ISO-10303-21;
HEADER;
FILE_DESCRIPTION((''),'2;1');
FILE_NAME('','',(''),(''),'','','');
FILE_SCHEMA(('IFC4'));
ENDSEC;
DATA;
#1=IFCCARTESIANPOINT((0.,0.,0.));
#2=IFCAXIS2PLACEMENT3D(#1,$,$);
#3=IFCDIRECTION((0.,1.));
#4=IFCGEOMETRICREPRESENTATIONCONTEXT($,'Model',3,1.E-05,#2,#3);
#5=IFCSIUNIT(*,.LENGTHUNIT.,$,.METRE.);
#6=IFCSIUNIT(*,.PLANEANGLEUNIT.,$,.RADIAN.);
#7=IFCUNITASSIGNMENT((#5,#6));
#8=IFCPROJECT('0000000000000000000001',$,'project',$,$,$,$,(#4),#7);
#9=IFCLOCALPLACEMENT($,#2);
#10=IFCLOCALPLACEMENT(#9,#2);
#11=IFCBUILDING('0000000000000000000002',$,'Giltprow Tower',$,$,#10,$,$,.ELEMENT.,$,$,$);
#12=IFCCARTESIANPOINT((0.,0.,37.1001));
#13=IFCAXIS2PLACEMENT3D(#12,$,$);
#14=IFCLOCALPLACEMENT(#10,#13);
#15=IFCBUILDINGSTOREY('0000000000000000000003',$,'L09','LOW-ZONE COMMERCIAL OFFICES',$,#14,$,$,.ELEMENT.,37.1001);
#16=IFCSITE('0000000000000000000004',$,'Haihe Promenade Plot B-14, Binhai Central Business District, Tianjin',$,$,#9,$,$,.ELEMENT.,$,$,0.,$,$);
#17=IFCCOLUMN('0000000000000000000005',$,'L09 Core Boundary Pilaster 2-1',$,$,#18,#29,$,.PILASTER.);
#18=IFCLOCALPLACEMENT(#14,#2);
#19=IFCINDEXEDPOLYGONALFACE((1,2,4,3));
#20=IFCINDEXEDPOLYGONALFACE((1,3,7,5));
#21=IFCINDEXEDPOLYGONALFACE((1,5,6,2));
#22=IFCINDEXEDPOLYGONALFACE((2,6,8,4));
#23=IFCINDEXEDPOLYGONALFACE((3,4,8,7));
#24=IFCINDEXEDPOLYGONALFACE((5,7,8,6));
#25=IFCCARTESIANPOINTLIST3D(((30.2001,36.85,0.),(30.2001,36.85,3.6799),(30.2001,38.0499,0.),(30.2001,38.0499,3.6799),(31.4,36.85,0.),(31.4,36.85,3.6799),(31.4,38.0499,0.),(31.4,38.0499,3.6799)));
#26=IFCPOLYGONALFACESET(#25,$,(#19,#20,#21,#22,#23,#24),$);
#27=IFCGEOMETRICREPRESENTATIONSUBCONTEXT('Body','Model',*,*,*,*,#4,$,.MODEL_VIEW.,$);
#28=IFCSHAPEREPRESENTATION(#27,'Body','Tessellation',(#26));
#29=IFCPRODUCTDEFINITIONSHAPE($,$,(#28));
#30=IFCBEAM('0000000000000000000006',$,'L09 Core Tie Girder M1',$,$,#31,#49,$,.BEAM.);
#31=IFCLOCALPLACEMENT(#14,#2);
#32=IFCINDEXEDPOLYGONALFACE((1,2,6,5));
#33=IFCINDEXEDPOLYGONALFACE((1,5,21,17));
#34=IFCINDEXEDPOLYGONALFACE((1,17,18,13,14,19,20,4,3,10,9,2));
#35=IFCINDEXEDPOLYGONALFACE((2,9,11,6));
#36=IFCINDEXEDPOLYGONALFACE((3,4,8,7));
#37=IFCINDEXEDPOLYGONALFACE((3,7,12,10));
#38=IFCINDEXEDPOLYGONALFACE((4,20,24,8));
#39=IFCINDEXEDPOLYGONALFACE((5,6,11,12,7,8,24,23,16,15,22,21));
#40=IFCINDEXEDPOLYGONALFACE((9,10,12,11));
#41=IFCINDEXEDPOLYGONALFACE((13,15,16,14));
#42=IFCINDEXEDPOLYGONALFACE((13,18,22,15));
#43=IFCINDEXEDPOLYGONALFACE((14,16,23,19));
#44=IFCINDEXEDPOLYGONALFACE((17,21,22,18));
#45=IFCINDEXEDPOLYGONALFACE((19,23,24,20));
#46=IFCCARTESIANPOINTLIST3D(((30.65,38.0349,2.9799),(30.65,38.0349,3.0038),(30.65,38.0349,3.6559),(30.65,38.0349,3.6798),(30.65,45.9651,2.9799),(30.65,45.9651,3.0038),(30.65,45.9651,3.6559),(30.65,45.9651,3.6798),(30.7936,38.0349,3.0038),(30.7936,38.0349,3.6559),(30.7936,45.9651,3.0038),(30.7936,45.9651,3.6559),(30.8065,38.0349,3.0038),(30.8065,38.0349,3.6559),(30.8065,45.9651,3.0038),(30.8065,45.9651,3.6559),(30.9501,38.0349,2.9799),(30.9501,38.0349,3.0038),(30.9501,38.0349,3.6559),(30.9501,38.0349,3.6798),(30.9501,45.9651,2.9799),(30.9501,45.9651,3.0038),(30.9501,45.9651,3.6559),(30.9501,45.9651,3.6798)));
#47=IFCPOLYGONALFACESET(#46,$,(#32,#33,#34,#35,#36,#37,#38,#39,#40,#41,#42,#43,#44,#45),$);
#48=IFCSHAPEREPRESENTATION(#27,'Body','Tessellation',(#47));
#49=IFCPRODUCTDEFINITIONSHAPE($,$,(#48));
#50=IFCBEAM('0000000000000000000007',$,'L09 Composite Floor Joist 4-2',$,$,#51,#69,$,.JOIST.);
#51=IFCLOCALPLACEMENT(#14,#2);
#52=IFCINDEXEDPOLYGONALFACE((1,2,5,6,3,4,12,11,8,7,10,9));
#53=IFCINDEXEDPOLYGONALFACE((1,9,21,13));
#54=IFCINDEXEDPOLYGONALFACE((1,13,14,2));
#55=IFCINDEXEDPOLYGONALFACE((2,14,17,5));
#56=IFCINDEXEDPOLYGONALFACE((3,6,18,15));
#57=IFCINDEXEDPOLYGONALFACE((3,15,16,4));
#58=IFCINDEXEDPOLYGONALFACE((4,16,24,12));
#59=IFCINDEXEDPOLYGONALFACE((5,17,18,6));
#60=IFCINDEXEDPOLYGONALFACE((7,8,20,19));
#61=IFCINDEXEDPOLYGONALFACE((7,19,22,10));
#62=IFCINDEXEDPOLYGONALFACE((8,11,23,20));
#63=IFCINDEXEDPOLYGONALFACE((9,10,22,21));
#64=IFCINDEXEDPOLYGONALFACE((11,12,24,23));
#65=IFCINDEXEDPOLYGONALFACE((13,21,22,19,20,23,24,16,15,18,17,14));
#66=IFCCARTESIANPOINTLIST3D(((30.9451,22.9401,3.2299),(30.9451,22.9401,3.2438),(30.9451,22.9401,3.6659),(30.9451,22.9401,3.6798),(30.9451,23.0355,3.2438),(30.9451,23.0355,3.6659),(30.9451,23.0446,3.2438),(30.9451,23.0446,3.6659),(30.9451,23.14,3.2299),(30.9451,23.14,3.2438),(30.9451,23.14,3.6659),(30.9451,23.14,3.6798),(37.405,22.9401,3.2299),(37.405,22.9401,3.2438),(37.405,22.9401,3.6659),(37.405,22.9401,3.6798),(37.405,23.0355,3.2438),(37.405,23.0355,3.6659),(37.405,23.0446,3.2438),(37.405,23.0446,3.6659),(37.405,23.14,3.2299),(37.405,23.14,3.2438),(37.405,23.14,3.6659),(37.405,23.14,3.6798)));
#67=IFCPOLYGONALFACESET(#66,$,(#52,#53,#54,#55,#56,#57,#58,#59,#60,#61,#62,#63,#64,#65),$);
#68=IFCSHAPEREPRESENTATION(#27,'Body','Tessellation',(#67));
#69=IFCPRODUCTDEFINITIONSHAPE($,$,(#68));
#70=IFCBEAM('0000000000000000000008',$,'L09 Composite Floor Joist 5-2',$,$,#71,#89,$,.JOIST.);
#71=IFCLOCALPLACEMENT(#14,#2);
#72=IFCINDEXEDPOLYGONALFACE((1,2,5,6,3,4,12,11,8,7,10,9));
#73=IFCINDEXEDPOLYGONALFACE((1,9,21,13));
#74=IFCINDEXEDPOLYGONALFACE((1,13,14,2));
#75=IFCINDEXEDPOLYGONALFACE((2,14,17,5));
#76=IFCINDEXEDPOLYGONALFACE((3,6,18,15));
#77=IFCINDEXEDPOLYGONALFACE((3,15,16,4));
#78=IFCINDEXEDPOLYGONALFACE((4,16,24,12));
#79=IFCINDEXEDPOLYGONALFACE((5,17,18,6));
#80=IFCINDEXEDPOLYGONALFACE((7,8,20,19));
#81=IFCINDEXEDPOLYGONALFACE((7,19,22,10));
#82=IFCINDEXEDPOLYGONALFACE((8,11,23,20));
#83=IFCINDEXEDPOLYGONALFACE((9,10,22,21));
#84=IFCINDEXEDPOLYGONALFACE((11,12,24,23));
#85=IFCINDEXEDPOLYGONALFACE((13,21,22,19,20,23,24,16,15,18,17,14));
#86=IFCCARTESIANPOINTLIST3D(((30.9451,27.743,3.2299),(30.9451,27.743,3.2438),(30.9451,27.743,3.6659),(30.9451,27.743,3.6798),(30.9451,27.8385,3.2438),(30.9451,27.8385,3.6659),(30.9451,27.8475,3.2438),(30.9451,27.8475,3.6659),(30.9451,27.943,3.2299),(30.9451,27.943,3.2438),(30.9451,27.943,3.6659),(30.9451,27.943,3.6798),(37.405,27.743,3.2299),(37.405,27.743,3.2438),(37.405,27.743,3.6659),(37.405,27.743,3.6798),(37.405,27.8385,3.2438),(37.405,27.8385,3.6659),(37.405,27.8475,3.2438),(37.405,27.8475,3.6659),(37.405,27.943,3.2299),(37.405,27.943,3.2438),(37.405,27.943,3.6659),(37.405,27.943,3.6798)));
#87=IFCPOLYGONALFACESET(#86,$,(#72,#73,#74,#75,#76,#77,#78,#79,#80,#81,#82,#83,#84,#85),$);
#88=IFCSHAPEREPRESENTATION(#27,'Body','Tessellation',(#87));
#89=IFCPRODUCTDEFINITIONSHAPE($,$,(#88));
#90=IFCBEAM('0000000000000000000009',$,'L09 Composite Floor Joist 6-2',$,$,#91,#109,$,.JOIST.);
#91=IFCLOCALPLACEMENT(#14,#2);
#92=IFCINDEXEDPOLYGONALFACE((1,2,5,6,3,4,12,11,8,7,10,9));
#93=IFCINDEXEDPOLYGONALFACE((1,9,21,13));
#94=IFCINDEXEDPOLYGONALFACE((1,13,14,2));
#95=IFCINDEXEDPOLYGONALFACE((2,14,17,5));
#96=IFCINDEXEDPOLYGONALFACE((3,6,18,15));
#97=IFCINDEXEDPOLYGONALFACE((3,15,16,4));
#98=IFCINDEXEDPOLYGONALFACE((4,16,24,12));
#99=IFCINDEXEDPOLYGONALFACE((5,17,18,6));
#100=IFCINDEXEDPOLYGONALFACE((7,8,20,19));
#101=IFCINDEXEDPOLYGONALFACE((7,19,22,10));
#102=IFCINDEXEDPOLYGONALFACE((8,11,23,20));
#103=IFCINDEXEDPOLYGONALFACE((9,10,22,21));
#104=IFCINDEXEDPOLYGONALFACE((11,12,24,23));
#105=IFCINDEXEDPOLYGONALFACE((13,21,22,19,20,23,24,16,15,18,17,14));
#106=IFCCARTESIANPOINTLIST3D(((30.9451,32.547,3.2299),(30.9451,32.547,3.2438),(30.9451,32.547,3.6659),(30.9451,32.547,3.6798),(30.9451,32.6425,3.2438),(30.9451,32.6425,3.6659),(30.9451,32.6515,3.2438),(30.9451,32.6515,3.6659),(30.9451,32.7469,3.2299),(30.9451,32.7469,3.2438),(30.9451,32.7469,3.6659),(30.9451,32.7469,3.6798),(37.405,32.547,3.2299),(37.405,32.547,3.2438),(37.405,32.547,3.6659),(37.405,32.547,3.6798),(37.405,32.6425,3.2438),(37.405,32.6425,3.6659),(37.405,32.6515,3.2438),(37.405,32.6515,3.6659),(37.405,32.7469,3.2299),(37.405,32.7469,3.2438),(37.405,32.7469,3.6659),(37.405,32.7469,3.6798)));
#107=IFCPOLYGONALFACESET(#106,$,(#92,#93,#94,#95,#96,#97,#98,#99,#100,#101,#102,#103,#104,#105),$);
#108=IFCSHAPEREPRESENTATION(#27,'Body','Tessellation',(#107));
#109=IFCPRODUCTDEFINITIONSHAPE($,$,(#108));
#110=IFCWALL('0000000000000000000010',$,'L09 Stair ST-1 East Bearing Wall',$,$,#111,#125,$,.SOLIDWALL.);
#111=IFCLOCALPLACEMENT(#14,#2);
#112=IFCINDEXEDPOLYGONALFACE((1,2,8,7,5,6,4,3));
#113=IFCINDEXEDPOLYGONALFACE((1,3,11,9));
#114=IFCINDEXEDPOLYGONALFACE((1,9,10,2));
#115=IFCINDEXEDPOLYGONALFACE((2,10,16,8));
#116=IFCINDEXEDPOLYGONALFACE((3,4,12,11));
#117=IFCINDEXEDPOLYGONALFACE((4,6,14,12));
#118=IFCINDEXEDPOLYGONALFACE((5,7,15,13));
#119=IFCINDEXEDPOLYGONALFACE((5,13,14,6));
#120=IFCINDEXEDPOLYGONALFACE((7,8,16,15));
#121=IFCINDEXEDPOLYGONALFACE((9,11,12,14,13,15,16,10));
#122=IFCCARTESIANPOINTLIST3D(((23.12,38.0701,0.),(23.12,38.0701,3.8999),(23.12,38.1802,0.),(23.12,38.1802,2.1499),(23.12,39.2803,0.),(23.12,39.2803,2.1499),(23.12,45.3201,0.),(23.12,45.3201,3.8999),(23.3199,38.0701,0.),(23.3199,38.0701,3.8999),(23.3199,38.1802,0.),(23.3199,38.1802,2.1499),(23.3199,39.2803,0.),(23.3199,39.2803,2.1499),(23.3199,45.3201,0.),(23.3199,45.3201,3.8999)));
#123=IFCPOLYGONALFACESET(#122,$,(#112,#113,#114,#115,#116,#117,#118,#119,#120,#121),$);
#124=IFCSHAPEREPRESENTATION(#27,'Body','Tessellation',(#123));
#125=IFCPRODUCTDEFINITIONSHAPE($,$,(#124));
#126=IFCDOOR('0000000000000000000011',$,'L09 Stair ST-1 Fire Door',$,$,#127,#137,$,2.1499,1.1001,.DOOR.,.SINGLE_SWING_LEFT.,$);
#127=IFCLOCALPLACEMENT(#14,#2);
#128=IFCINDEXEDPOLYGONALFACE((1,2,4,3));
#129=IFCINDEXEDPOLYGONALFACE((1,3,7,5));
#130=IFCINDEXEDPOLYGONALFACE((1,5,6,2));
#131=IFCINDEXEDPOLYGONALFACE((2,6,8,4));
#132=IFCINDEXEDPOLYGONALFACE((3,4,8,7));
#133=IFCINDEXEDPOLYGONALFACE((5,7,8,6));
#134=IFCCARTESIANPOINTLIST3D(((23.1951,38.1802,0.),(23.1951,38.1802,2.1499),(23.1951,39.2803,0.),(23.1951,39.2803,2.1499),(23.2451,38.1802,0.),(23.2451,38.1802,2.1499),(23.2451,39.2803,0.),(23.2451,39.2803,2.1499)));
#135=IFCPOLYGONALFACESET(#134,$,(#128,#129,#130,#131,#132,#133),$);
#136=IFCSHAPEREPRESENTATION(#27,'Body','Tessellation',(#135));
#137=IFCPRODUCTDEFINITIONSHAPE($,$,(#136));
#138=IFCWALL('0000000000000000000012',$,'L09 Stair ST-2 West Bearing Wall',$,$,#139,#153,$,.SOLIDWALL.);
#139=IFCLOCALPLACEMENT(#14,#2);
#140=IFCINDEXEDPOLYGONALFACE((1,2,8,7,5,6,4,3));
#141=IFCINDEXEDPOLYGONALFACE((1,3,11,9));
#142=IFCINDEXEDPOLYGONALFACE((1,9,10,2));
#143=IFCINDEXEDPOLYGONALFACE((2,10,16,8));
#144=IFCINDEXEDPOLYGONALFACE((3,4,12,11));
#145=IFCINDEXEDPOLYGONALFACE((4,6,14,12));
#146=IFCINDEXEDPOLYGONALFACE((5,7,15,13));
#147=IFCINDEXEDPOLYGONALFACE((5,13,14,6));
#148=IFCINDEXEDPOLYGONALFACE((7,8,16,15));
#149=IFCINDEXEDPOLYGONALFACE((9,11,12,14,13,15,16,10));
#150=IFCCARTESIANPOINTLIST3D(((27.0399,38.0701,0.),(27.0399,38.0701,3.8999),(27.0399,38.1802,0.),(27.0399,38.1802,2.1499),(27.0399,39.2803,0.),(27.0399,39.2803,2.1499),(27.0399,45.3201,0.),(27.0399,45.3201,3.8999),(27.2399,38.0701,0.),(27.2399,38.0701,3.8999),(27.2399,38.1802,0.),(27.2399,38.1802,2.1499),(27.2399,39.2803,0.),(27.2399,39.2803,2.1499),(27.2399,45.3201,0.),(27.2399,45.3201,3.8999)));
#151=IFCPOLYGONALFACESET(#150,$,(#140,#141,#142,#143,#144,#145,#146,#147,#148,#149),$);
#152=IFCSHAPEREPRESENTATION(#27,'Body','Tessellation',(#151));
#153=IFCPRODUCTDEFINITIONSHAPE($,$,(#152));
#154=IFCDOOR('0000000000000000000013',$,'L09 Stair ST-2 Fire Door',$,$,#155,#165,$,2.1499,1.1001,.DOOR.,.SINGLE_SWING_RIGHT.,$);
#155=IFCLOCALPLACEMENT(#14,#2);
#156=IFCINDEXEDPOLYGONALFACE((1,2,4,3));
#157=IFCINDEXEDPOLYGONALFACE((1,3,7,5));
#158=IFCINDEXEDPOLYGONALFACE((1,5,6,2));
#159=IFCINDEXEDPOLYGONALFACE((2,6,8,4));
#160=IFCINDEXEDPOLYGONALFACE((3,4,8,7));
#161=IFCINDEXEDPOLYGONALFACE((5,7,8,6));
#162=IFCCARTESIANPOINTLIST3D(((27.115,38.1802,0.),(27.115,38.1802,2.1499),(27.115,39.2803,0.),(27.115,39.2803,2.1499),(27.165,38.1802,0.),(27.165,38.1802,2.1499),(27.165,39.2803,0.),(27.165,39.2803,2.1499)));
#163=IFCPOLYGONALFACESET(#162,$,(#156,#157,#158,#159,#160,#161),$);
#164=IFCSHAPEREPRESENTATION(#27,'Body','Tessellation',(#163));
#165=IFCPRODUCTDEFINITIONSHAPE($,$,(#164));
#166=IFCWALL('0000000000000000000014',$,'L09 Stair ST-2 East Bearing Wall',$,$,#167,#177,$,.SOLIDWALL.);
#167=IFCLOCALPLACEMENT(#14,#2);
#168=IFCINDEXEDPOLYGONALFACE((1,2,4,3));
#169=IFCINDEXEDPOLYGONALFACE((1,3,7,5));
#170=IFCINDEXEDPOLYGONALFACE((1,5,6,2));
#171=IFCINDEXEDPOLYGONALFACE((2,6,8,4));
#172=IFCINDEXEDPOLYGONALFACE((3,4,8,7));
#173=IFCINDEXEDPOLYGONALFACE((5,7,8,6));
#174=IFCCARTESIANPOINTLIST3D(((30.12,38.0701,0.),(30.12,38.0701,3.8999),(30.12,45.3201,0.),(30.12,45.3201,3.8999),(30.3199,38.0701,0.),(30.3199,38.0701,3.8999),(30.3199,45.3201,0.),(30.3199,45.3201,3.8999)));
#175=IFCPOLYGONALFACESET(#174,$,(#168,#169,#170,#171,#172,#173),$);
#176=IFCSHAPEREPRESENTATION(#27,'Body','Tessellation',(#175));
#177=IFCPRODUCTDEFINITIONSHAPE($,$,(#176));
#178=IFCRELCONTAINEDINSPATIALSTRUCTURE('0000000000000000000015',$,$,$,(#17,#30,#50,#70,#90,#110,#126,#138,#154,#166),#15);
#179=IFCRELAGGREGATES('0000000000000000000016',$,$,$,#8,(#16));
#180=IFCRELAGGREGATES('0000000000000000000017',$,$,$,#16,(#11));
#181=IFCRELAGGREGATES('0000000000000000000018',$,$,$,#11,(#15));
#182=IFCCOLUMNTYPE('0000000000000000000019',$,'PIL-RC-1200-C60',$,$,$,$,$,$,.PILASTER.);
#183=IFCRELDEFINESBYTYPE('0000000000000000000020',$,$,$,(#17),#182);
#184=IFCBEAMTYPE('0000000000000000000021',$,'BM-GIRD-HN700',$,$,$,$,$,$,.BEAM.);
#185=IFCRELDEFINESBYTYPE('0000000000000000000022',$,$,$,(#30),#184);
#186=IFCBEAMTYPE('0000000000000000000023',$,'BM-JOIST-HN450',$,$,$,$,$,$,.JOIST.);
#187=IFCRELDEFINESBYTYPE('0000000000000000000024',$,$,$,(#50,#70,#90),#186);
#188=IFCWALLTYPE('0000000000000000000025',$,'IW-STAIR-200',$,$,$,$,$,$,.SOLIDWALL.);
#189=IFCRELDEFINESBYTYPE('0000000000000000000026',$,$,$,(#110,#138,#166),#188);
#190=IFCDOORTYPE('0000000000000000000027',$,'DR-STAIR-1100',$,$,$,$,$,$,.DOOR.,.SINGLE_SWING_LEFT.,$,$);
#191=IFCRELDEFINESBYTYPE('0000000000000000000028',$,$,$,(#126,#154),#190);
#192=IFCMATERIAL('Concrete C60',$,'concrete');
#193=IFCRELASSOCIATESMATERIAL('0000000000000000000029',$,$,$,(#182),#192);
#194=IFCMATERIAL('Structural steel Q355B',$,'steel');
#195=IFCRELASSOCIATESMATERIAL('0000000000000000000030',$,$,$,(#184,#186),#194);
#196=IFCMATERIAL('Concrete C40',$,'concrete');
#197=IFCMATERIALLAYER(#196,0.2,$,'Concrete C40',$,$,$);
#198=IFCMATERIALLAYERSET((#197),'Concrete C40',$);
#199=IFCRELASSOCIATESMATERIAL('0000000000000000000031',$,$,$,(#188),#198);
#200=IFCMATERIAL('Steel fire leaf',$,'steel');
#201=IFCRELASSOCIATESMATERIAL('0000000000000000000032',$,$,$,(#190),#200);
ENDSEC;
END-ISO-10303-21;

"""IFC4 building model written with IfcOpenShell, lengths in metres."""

from ifc_helpers import new_model, si_unit, direction, frame, frame_2d, origin, origin_2d, place, context, subcontext, project, spatial, rectangle, i_section, extrude, source, transform, mapped, material, layer, layer_set, material_profile, profile_set, type_object, element, fill, save


model = new_model("IFC4")

# Units and contexts
model_context = context("Model", 3, precision=1e-05, world=origin(), true_north=direction((0.0, 1.0)))
body_context = subcontext(model_context, "Body", "Model", "MODEL_VIEW")
ifc_project = project(units=[si_unit("LENGTHUNIT", "METRE"), si_unit("PLANEANGLEUNIT", "RADIAN")], contexts=[model_context])

# Site, building, storey
site_placement = place(None, origin())
site = spatial("IfcSite", under=ifc_project, at=site_placement, Name="Haihe Promenade Plot B-14, Binhai Central Business District, Tianjin", CompositionType="ELEMENT", RefElevation=0.0)
building_placement = place(site_placement, origin())
building = spatial("IfcBuilding", under=site, at=building_placement, Name="Giltprow Tower", CompositionType="ELEMENT")
storey_placement = place(building_placement, frame((0.0, 0.0, 37.1001)))
storey = spatial("IfcBuildingStorey", under=building, at=storey_placement, Name="L09", Description="LOW-ZONE COMMERCIAL OFFICES", CompositionType="ELEMENT", Elevation=37.1001)

# Column
ifc_material_1 = material(Name="Concrete C60", Category="concrete")
ifc_material_profile_1 = material_profile(ifc_material_1, rectangle(XDim=1.2, YDim=1.2, at=origin_2d()), Name="RC 1200x1200")
ifc_profile_set_1 = profile_set([ifc_material_profile_1], Name="Concrete C60")
column_type = type_object("IfcColumnType", Name="PIL-RC-1200-C60", PredefinedType="PILASTER", material=ifc_profile_set_1)
shared_shape_1 = source(origin(), body_context, "Body", "SweptSolid", [
    extrude(rectangle(XDim=1.2, YDim=1.2, at=origin_2d()), origin(), (0.0, 0.0, 1.0), 3.6799),
])
column_placement = place(storey_placement, frame((30.8, 37.45, 0.0), z_axis=(0.0, 0.0, 1.0), x_axis=(1.0, 0.0, 0.0)))
element("IfcColumn", 1, at=column_placement, inside=storey, type_object=column_type, Name="L09 Core Boundary Pilaster 2-1", PredefinedType="PILASTER", context=body_context, shape_type="MappedRepresentation", body=[
    mapped(shared_shape_1, transform((0.0, 0.0, 0.0), x_axis=(1.0, 0.0, 0.0), y_axis=(0.0, 1.0, 0.0), z_axis=(0.0, 0.0, 1.0), scale=1.0)),
])

# Beams
ifc_material_2 = material(Name="Structural steel Q355B", Category="steel")
ifc_material_profile_2 = material_profile(ifc_material_2, i_section(OverallWidth=0.3, OverallDepth=0.7, WebThickness=0.0129, FlangeThickness=0.0239, at=origin_2d()), Name="HN 700x300x13x24")
ifc_profile_set_2 = profile_set([ifc_material_profile_2], Name="Structural steel Q355B")
beam_type_1 = type_object("IfcBeamType", Name="BM-GIRD-HN700", PredefinedType="BEAM", material=ifc_profile_set_2)
shared_shape_2 = source(origin(), body_context, "Body", "SweptSolid", [
    extrude(i_section(OverallWidth=0.3, OverallDepth=0.7, WebThickness=0.0129, FlangeThickness=0.0239, at=origin_2d()), origin(), (0.0, 0.0, 1.0), 7.9302),
])
beam_placement = place(storey_placement, frame((30.8, 38.0349, 3.3298), z_axis=(0.0, 1.0, 0.0), x_axis=(-1.0, 0.0, 0.0)))
element("IfcBeam", 2, at=beam_placement, inside=storey, type_object=beam_type_1, Name="L09 Core Tie Girder M1", PredefinedType="BEAM", context=body_context, shape_type="MappedRepresentation", body=[
    mapped(shared_shape_2, transform((0.0, 0.0, 0.0), x_axis=(1.0, 0.0, 0.0), y_axis=(0.0, 1.0, 0.0), z_axis=(0.0, 0.0, 1.0), scale=1.0)),
])
ifc_material_profile_3 = material_profile(ifc_material_2, i_section(OverallWidth=0.2, OverallDepth=0.45, WebThickness=0.009, FlangeThickness=0.0139, at=origin_2d()), Name="HN 450x200x9x14")
ifc_profile_set_3 = profile_set([ifc_material_profile_3], Name="Structural steel Q355B")
beam_type_2 = type_object("IfcBeamType", Name="BM-JOIST-HN450", PredefinedType="JOIST", material=ifc_profile_set_3)
shared_shape_3 = source(origin(), body_context, "Body", "SweptSolid", [
    extrude(i_section(OverallWidth=0.2, OverallDepth=0.45, WebThickness=0.009, FlangeThickness=0.0139, at=origin_2d()), origin(), (0.0, 0.0, 1.0), 6.46),
])
for number, where, z_axis, x_axis, name in (
    (3, (30.9451, 23.04, 3.4548), (1.0, 0.0, 0.0), (0.0, 1.0, 0.0), "L09 Composite Floor Joist 4-2"),
    (4, (30.9451, 27.843, 3.4548), (1.0, 0.0, 0.0), (0.0, 1.0, 0.0), "L09 Composite Floor Joist 5-2"),
    (5, (30.9451, 32.647, 3.4548), (1.0, 0.0, 0.0), (0.0, 1.0, 0.0), "L09 Composite Floor Joist 6-2"),
):
    element("IfcBeam", number, at=place(storey_placement, frame(where, z_axis=z_axis, x_axis=x_axis)), inside=storey, type_object=beam_type_2, Name=name, PredefinedType="JOIST", context=body_context, shape_type="MappedRepresentation", body=[
        mapped(shared_shape_3, transform((0.0, 0.0, 0.0), x_axis=(1.0, 0.0, 0.0), y_axis=(0.0, 1.0, 0.0), z_axis=(0.0, 0.0, 1.0), scale=1.0)),
    ])

# Walls, openings, doors
ifc_material_3 = material(Name="Concrete C40", Category="concrete")
ifc_layer_1 = layer(ifc_material_3, 0.2, Name="Concrete C40")
ifc_layer_set_1 = layer_set([ifc_layer_1], Name="Concrete C40")
wall_type_1 = type_object("IfcWallType", Name="IW-STAIR-200", PredefinedType="SOLIDWALL", material=ifc_layer_set_1)
wall_1_placement = place(storey_placement, frame((23.22, 38.0701, 0.0), z_axis=(0.0, 0.0, 1.0), x_axis=(0.0, 1.0, 0.0)))
wall_1 = element("IfcWall", 6, at=wall_1_placement, inside=storey, type_object=wall_type_1, Name="L09 Stair ST-1 East Bearing Wall", PredefinedType="SOLIDWALL", context=body_context, shape_type="SweptSolid", body=[
    extrude(rectangle(XDim=7.25, YDim=0.2, at=frame_2d((3.625, 0.0))), origin(), (0.0, 0.0, 1.0), 3.8999),
])
opening_1_placement = place(wall_1_placement, frame((0.1101, 0.0, 0.0)))
opening_1 = element("IfcOpeningElement", 7, at=opening_1_placement, cuts=wall_1, PredefinedType="OPENING", context=body_context, shape_type="SweptSolid", body=[
    extrude(rectangle(XDim=1.1001, YDim=2.1499, at=frame_2d((0.55, 1.075))), frame((0.0, 0.1099, 0.0), z_axis=(0.0, -1.0, 0.0), x_axis=(1.0, 0.0, 0.0)), (0.0, 0.0, 1.0), 0.22),
])
ifc_material_4 = material(Name="Steel fire leaf", Category="steel")
door_type_1 = type_object("IfcDoorType", Name="DR-STAIR-1100", OperationType="SINGLE_SWING_LEFT", PredefinedType="DOOR", material=ifc_material_4)
shared_shape_4 = source(origin(), body_context, "Body", "SweptSolid", [
    extrude(rectangle(XDim=1.1001, YDim=2.1499, at=frame_2d((0.55, 1.075))), frame((0.0, 0.0249, 0.0), z_axis=(0.0, -1.0, 0.0), x_axis=(1.0, 0.0, 0.0)), (0.0, 0.0, 1.0), 0.05),
])
door_1_placement = place(opening_1_placement, origin())
door_1 = element("IfcDoor", 8, at=door_1_placement, inside=storey, type_object=door_type_1, Name="L09 Stair ST-1 Fire Door", OperationType="SINGLE_SWING_LEFT", OverallHeight=2.1499, OverallWidth=1.1001, PredefinedType="DOOR", context=body_context, shape_type="MappedRepresentation", body=[
    mapped(shared_shape_4, transform((0.0, 0.0, 0.0), x_axis=(1.0, 0.0, 0.0), y_axis=(0.0, 1.0, 0.0), z_axis=(0.0, 0.0, 1.0), scale=1.0)),
])
fill(opening_1, door_1)
wall_2_placement = place(storey_placement, frame((27.1399, 38.0701, 0.0), z_axis=(0.0, 0.0, 1.0), x_axis=(0.0, 1.0, 0.0)))
wall_2 = element("IfcWall", 9, at=wall_2_placement, inside=storey, type_object=wall_type_1, Name="L09 Stair ST-2 West Bearing Wall", PredefinedType="SOLIDWALL", context=body_context, shape_type="SweptSolid", body=[
    extrude(rectangle(XDim=7.25, YDim=0.2, at=frame_2d((3.625, 0.0))), origin(), (0.0, 0.0, 1.0), 3.8999),
])
opening_2_placement = place(wall_2_placement, frame((0.1101, 0.0, 0.0)))
opening_2 = element("IfcOpeningElement", 10, at=opening_2_placement, cuts=wall_2, PredefinedType="OPENING", context=body_context, shape_type="SweptSolid", body=[
    extrude(rectangle(XDim=1.1001, YDim=2.1499, at=frame_2d((0.55, 1.075))), frame((0.0, 0.1099, 0.0), z_axis=(0.0, -1.0, 0.0), x_axis=(1.0, 0.0, 0.0)), (0.0, 0.0, 1.0), 0.22),
])
door_2_placement = place(opening_2_placement, origin())
door_2 = element("IfcDoor", 11, at=door_2_placement, inside=storey, type_object=door_type_1, Name="L09 Stair ST-2 Fire Door", OperationType="SINGLE_SWING_RIGHT", OverallHeight=2.1499, OverallWidth=1.1001, PredefinedType="DOOR", context=body_context, shape_type="MappedRepresentation", body=[
    mapped(shared_shape_4, transform((0.0, 0.0, 0.0), x_axis=(1.0, 0.0, 0.0), y_axis=(0.0, 1.0, 0.0), z_axis=(0.0, 0.0, 1.0), scale=1.0)),
])
fill(opening_2, door_2)

# Wall
wall_3_placement = place(storey_placement, frame((30.22, 38.0701, 0.0), z_axis=(0.0, 0.0, 1.0), x_axis=(0.0, 1.0, 0.0)))
element("IfcWall", 12, at=wall_3_placement, inside=storey, type_object=wall_type_1, Name="L09 Stair ST-2 East Bearing Wall", PredefinedType="SOLIDWALL", context=body_context, shape_type="SweptSolid", body=[
    extrude(rectangle(XDim=7.25, YDim=0.2, at=frame_2d((3.625, 0.0))), origin(), (0.0, 0.0, 1.0), 3.8999),
])

save(model, "model.ifc")
